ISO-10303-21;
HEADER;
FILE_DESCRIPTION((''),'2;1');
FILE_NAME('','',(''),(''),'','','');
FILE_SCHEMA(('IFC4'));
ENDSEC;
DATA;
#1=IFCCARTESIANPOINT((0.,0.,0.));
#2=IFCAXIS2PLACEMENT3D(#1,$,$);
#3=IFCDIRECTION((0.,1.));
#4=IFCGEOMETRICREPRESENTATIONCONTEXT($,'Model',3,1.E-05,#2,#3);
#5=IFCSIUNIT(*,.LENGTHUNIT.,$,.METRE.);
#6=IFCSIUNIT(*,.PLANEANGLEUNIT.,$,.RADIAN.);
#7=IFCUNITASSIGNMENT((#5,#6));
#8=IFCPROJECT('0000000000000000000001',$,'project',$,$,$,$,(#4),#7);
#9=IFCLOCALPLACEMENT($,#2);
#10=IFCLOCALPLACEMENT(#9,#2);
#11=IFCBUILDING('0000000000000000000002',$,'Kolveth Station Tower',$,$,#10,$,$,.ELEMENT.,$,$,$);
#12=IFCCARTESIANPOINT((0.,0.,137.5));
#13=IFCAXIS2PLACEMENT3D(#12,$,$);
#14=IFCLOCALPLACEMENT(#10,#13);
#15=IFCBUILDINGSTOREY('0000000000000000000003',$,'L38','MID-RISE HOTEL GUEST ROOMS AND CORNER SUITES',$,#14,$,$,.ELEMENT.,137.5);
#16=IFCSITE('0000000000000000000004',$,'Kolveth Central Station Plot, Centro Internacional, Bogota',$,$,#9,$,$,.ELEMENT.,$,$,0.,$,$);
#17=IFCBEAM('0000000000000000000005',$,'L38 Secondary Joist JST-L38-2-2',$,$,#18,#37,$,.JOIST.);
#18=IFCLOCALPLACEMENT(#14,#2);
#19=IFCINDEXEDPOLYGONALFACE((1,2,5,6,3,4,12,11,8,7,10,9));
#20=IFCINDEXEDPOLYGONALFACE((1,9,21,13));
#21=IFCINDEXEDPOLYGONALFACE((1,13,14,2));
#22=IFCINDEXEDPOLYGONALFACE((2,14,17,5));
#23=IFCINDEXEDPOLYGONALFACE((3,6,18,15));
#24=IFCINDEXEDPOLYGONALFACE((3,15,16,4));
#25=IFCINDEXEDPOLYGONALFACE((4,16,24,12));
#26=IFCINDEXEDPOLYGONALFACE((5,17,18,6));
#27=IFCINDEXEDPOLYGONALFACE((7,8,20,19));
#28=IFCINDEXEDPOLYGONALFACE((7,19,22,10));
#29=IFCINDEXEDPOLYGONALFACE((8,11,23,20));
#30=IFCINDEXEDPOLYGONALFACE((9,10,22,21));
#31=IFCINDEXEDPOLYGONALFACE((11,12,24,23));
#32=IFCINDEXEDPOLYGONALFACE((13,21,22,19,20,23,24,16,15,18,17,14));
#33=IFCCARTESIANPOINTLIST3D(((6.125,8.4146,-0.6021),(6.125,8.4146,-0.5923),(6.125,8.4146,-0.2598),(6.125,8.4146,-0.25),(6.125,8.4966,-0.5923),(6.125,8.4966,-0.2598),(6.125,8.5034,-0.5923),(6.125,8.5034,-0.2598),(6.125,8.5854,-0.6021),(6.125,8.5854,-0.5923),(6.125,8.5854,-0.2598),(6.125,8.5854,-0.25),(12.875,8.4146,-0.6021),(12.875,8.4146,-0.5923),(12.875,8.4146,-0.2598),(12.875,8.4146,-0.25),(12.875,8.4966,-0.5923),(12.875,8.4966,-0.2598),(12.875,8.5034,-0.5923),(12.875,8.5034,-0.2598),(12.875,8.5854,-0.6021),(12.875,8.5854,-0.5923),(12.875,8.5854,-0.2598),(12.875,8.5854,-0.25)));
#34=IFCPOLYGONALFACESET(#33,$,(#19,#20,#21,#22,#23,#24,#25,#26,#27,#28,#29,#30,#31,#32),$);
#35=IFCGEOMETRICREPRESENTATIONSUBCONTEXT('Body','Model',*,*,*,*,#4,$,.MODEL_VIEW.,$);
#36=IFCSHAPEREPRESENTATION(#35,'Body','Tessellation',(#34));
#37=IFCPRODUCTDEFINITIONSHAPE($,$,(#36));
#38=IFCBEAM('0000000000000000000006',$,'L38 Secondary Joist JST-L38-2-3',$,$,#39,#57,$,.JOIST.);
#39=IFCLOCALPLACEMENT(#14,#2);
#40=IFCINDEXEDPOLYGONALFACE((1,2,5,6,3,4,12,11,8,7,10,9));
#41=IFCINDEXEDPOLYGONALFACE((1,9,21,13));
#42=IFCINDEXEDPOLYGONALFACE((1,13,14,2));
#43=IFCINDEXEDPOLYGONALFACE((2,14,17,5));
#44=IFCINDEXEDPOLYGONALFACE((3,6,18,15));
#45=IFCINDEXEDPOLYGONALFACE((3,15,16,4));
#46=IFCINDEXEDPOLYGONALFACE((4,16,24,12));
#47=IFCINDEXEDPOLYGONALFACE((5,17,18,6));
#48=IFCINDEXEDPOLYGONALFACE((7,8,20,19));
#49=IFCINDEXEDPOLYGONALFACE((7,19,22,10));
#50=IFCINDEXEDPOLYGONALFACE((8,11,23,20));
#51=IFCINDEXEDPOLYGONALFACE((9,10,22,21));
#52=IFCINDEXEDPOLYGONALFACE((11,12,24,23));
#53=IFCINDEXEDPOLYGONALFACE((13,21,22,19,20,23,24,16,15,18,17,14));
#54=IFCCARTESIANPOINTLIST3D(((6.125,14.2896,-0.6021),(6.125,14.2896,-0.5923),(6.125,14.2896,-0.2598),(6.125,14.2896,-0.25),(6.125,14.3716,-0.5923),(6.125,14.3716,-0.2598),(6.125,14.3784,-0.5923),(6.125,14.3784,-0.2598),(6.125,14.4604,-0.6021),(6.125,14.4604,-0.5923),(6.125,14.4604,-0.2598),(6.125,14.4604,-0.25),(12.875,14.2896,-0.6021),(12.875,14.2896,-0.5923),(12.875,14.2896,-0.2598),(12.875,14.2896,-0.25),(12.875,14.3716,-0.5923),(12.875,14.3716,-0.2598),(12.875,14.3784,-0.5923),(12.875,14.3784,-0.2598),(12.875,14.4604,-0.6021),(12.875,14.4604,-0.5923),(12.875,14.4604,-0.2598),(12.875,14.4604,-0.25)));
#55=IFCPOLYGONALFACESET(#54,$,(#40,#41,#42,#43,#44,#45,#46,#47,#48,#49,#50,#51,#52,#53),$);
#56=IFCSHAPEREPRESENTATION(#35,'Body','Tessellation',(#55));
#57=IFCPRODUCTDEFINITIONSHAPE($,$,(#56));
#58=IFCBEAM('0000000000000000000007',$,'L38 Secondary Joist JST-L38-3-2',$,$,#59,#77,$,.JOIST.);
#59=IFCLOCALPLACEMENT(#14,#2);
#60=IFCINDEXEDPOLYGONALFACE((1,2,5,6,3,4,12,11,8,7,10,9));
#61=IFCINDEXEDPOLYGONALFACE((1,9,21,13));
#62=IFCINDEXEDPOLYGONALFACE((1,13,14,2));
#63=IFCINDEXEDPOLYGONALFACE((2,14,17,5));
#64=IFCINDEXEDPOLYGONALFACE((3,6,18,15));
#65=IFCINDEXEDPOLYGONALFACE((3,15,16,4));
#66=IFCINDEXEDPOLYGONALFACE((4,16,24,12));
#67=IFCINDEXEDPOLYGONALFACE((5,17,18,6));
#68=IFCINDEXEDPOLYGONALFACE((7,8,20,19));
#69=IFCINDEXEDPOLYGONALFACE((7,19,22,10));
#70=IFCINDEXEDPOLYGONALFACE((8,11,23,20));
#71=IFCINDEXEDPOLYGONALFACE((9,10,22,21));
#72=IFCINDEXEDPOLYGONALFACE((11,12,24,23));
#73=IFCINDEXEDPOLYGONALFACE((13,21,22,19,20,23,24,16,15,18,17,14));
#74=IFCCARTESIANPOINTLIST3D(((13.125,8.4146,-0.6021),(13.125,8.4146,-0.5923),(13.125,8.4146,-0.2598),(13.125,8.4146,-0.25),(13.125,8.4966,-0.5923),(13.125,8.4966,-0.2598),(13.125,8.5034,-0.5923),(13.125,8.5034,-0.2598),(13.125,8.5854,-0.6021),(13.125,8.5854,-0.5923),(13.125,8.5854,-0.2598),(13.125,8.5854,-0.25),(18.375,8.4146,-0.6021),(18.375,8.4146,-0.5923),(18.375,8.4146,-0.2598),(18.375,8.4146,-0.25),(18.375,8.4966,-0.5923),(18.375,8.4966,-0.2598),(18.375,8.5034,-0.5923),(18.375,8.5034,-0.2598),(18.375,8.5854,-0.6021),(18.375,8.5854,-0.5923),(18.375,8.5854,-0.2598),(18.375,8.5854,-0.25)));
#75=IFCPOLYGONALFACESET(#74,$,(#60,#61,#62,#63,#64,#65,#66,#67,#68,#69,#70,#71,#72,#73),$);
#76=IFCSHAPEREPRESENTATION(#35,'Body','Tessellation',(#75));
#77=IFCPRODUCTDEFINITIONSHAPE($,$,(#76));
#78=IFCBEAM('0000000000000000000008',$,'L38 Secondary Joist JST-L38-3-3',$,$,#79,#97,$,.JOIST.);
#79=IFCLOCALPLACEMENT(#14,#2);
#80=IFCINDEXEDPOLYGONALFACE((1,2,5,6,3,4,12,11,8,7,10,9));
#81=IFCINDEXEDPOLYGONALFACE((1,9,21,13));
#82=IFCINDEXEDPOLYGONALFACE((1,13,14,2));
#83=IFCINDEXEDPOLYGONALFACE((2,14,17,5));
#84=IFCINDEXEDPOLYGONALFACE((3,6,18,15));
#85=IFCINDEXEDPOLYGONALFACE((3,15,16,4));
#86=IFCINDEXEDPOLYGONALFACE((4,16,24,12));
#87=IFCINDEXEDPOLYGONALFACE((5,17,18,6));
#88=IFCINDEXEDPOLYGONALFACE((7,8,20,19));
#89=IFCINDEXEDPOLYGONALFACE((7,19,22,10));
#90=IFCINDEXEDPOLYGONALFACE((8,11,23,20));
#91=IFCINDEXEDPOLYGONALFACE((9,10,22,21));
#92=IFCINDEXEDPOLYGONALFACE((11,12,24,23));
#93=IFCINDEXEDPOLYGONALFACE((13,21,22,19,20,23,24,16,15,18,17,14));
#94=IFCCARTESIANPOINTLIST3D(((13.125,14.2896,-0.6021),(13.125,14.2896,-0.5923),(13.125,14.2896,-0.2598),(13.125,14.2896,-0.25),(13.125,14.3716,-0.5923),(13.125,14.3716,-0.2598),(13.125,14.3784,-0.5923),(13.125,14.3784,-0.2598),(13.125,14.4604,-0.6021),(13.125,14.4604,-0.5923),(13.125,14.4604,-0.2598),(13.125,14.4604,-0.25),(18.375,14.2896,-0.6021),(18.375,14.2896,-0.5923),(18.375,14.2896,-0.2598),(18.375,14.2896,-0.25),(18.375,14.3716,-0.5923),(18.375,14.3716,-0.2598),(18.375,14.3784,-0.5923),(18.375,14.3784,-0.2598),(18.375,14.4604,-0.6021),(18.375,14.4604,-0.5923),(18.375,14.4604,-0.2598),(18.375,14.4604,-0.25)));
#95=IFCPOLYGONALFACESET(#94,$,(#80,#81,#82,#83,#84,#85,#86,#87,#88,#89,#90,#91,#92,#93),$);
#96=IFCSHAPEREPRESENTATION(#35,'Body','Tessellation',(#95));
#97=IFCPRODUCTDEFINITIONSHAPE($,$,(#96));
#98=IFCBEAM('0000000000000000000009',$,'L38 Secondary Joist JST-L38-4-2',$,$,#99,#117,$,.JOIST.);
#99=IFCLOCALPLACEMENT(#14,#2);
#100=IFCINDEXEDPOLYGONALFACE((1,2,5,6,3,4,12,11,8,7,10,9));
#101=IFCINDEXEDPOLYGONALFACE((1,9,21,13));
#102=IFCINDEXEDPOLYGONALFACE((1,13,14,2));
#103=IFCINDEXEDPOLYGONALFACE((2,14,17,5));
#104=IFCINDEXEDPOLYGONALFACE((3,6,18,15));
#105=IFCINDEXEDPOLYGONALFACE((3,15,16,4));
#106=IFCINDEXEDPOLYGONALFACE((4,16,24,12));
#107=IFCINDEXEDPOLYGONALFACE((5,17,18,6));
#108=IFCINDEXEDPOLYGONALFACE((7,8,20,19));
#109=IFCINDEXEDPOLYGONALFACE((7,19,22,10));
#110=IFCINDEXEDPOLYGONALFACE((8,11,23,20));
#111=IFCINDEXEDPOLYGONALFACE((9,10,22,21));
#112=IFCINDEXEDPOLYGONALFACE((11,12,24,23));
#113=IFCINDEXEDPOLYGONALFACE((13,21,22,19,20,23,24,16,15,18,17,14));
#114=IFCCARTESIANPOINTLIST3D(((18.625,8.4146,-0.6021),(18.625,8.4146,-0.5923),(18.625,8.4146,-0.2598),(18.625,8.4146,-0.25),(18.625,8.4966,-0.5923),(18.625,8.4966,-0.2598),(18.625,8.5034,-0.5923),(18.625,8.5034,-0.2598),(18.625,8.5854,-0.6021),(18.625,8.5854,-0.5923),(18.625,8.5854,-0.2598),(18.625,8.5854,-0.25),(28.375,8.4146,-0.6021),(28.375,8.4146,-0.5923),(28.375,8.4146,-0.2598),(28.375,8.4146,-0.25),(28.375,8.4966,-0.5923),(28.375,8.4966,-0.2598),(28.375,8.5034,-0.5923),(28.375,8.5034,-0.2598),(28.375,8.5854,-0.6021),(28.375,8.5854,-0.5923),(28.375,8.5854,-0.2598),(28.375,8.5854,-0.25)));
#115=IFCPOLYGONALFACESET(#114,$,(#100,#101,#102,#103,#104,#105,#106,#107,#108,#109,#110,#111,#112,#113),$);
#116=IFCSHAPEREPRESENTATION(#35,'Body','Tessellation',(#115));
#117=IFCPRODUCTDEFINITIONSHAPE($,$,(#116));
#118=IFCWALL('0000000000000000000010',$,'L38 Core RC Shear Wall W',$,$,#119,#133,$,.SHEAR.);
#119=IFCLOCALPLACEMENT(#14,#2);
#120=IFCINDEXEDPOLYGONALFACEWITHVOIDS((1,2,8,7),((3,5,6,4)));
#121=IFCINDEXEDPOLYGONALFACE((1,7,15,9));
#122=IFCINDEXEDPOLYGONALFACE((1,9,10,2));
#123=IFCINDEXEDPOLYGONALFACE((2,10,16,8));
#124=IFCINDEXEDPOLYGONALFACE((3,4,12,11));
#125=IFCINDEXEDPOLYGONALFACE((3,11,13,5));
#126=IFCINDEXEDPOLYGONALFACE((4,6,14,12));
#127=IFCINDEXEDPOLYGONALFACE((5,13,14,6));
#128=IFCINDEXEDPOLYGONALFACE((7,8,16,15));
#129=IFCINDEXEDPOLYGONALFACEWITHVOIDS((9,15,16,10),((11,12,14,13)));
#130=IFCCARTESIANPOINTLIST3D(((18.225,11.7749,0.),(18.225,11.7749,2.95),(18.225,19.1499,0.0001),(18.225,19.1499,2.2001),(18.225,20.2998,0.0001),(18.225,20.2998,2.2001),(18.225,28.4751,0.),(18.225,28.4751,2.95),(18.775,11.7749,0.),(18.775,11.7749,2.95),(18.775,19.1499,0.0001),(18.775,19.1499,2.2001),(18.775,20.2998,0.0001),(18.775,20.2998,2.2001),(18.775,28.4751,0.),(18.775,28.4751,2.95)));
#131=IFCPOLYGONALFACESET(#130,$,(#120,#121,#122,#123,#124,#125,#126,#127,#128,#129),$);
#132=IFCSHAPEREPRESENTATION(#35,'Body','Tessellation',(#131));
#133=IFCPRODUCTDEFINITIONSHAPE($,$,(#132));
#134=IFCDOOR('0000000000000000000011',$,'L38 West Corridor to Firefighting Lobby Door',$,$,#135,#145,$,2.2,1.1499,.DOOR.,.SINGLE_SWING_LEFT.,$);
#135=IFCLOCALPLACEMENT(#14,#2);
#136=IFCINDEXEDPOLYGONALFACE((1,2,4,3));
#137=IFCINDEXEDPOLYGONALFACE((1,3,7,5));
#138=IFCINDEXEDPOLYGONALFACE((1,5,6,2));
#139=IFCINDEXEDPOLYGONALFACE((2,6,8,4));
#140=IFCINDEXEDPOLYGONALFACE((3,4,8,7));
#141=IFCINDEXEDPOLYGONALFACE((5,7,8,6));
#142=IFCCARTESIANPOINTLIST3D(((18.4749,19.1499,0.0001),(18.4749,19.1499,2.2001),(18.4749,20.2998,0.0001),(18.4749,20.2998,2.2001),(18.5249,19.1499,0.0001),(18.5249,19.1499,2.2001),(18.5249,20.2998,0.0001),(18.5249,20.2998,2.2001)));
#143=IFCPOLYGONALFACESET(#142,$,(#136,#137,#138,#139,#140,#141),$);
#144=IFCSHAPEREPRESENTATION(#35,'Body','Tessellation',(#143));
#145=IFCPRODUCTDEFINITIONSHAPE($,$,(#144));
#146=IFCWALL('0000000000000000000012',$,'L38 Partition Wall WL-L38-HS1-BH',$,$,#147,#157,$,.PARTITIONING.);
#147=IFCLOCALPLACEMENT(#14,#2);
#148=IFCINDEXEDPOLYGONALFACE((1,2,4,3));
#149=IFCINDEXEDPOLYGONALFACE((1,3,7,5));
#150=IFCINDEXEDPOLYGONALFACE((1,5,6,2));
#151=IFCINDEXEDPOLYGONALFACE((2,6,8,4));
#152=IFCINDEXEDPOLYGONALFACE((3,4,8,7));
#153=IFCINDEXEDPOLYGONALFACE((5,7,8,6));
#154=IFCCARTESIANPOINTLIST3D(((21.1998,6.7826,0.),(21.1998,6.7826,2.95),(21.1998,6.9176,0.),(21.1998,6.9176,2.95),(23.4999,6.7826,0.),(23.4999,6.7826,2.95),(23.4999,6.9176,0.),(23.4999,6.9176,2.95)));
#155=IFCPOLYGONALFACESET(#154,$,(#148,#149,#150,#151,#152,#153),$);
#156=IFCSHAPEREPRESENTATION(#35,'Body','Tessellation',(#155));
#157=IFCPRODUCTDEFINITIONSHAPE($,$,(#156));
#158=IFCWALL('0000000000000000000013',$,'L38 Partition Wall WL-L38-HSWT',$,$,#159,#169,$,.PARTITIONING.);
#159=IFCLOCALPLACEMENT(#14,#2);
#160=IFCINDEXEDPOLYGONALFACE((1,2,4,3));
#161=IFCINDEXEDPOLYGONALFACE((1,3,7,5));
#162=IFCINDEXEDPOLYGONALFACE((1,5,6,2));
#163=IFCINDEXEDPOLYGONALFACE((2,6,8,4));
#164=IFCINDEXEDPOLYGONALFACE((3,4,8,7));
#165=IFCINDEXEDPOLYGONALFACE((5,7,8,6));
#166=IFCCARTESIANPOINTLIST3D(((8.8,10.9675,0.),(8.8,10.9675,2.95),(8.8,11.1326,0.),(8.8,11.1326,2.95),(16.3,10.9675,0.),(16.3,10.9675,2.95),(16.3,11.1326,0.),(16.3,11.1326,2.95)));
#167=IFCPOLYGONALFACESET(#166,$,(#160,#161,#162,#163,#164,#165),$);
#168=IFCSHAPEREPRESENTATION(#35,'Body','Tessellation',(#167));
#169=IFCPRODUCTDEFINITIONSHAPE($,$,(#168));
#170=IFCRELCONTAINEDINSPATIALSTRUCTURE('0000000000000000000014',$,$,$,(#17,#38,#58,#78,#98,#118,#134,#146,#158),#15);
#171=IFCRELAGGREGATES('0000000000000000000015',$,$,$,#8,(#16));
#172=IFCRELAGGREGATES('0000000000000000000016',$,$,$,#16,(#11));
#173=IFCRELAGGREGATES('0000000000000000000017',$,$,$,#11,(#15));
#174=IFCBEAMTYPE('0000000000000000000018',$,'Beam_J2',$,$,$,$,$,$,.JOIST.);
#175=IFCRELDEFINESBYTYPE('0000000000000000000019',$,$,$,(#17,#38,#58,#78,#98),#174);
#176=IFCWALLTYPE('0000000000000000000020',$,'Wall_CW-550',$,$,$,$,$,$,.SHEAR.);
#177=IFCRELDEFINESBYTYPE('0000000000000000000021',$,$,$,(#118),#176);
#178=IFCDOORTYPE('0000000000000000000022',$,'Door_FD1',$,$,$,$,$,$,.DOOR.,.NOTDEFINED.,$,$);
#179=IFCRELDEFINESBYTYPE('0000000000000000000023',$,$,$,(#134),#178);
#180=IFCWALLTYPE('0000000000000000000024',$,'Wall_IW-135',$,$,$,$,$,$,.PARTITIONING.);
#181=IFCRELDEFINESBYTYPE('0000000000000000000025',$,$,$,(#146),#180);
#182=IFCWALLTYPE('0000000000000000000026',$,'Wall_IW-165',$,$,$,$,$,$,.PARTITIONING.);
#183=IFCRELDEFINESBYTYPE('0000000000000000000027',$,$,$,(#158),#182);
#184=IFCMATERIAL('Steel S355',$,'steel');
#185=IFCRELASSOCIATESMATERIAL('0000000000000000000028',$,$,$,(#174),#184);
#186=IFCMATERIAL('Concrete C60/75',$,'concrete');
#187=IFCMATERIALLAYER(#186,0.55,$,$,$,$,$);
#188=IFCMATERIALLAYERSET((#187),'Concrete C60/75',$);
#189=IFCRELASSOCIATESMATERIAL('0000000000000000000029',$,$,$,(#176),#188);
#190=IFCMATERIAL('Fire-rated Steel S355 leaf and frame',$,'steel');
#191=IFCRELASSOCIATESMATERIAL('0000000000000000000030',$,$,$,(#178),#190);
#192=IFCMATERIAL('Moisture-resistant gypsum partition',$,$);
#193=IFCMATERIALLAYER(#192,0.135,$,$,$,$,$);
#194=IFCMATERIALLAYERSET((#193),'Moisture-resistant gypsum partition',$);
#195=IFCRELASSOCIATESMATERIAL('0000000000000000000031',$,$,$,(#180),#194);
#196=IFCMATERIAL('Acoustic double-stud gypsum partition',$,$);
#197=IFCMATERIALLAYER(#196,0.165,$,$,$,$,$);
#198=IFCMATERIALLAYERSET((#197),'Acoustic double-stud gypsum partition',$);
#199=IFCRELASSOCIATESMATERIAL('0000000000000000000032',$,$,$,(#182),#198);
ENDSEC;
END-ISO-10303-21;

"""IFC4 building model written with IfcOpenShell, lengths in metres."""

from ifc_helpers import new_model, si_unit, direction, frame, frame_2d, origin, origin_2d, place, context, subcontext, project, spatial, rectangle, i_section, extrude, source, transform, mapped, material, layer, layer_set, material_profile, profile_set, type_object, element, fill, save


model = new_model("IFC4")

# Units and contexts
model_context = context("Model", 3, precision=1e-05, world=origin(), true_north=direction((0.0, 1.0)))
body_context = subcontext(model_context, "Body", "Model", "MODEL_VIEW")
ifc_project = project(units=[si_unit("LENGTHUNIT", "METRE"), si_unit("PLANEANGLEUNIT", "RADIAN")], contexts=[model_context])

# Site, building, storey
site_placement = place(None, origin())
site = spatial("IfcSite", under=ifc_project, at=site_placement, Name="Kolveth Central Station Plot, Centro Internacional, Bogota", CompositionType="ELEMENT", RefElevation=0.0)
building_placement = place(site_placement, origin())
building = spatial("IfcBuilding", under=site, at=building_placement, Name="Kolveth Station Tower", CompositionType="ELEMENT")
storey_placement = place(building_placement, frame((0.0, 0.0, 137.5)))
storey = spatial("IfcBuildingStorey", under=building, at=storey_placement, Name="L38", Description="MID-RISE HOTEL GUEST ROOMS AND CORNER SUITES", CompositionType="ELEMENT", Elevation=137.5)

# Shared definitions
ifc_material_1 = material(Name="Steel S355", Category="steel")

# Beams
ifc_material_profile_1 = material_profile(ifc_material_1, i_section(OverallWidth=0.1709, OverallDepth=0.3521, WebThickness=0.0068, FlangeThickness=0.0098, at=origin_2d()), Name="W360x44")
ifc_profile_set_1 = profile_set([ifc_material_profile_1], Name="Steel S355")
beam_type_1 = type_object("IfcBeamType", Name="Beam_J2", PredefinedType="JOIST", material=ifc_profile_set_1)
shared_shape_1 = source(origin(), body_context, "Body", "SweptSolid", [
    extrude(i_section(OverallWidth=0.1709, OverallDepth=0.3521, WebThickness=0.0068, FlangeThickness=0.0098, at=origin_2d()), origin(), (0.0, 0.0, 1.0), 6.75),
])
for number, where, z_axis, x_axis, name in (
    (1, (6.125, 8.5, -0.426), (1.0, 0.0, 0.0), (0.0, 1.0, 0.0), "L38 Secondary Joist JST-L38-2-2"),
    (2, (6.125, 14.375, -0.426), (1.0, 0.0, 0.0), (0.0, 1.0, 0.0), "L38 Secondary Joist JST-L38-2-3"),
):
    element("IfcBeam", number, at=place(storey_placement, frame(where, z_axis=z_axis, x_axis=x_axis)), inside=storey, type_object=beam_type_1, Name=name, PredefinedType="JOIST", context=body_context, shape_type="MappedRepresentation", body=[
        mapped(shared_shape_1, transform((0.0, 0.0, 0.0), x_axis=(1.0, 0.0, 0.0), y_axis=(0.0, 1.0, 0.0), z_axis=(0.0, 0.0, 1.0), scale=1.0)),
    ])
shared_shape_2 = source(origin(), body_context, "Body", "SweptSolid", [
    extrude(i_section(OverallWidth=0.1709, OverallDepth=0.3521, WebThickness=0.0068, FlangeThickness=0.0098, at=origin_2d()), origin(), (0.0, 0.0, 1.0), 5.25),
])
for number, where, z_axis, x_axis, name in (
    (3, (13.125, 8.5, -0.426), (1.0, 0.0, 0.0), (0.0, 1.0, 0.0), "L38 Secondary Joist JST-L38-3-2"),
    (4, (13.125, 14.375, -0.426), (1.0, 0.0, 0.0), (0.0, 1.0, 0.0), "L38 Secondary Joist JST-L38-3-3"),
):
    element("IfcBeam", number, at=place(storey_placement, frame(where, z_axis=z_axis, x_axis=x_axis)), inside=storey, type_object=beam_type_1, Name=name, PredefinedType="JOIST", context=body_context, shape_type="MappedRepresentation", body=[
        mapped(shared_shape_2, transform((0.0, 0.0, 0.0), x_axis=(1.0, 0.0, 0.0), y_axis=(0.0, 1.0, 0.0), z_axis=(0.0, 0.0, 1.0), scale=1.0)),
    ])
shared_shape_3 = source(origin(), body_context, "Body", "SweptSolid", [
    extrude(i_section(OverallWidth=0.1709, OverallDepth=0.3521, WebThickness=0.0068, FlangeThickness=0.0098, at=origin_2d()), origin(), (0.0, 0.0, 1.0), 9.75),
])
beam_1_placement = place(storey_placement, frame((18.625, 8.5, -0.426), z_axis=(1.0, 0.0, 0.0), x_axis=(0.0, 1.0, 0.0)))
element("IfcBeam", 5, at=beam_1_placement, inside=storey, type_object=beam_type_1, Name="L38 Secondary Joist JST-L38-4-2", PredefinedType="JOIST", context=body_context, shape_type="MappedRepresentation", body=[
    mapped(shared_shape_3, transform((0.0, 0.0, 0.0), x_axis=(1.0, 0.0, 0.0), y_axis=(0.0, 1.0, 0.0), z_axis=(0.0, 0.0, 1.0), scale=1.0)),
])

# Shared definitions
ifc_material_2 = material(Name="Concrete C60/75", Category="concrete")
ifc_layer_1 = layer(ifc_material_2, 0.55)
ifc_layer_set_1 = layer_set([ifc_layer_1], Name="Concrete C60/75")
wall_type_1 = type_object("IfcWallType", Name="Wall_CW-550", PredefinedType="SHEAR", material=ifc_layer_set_1)

# Wall, opening, door
wall_1_placement = place(storey_placement, frame((18.5, 11.7749, 0.0), z_axis=(0.0, 0.0, 1.0), x_axis=(0.0, 1.0, 0.0)))
wall_1 = element("IfcWall", 6, at=wall_1_placement, inside=storey, type_object=wall_type_1, Name="L38 Core RC Shear Wall W", PredefinedType="SHEAR", context=body_context, shape_type="SweptSolid", body=[
    extrude(rectangle(XDim=16.7002, YDim=0.55, at=frame_2d((8.3501, 0.0))), origin(), (0.0, 0.0, 1.0), 2.95),
])
opening_1_placement = place(wall_1_placement, frame((7.375, 0.0, 0.0)))
opening_1 = element("IfcOpeningElement", 7, at=opening_1_placement, cuts=wall_1, PredefinedType="OPENING", context=body_context, shape_type="SweptSolid", body=[
    extrude(rectangle(XDim=1.1499, YDim=2.2, at=frame_2d((0.575, 1.1001))), frame((0.0, 0.2849, 0.0), z_axis=(0.0, -1.0, 0.0), x_axis=(1.0, 0.0, 0.0)), (0.0, 0.0, 1.0), 0.5701),
])
ifc_material_3 = material(Name="Fire-rated Steel S355 leaf and frame", Category="steel")
door_type_1 = type_object("IfcDoorType", Name="Door_FD1", OperationType="NOTDEFINED", PredefinedType="DOOR", material=ifc_material_3)
door_1_placement = place(opening_1_placement, frame((1.1499, 0.0, 0.0), z_axis=(0.0, 0.0, 1.0), x_axis=(-1.0, 0.0, 0.0)))
door_1 = element("IfcDoor", 8, at=door_1_placement, inside=storey, type_object=door_type_1, Name="L38 West Corridor to Firefighting Lobby Door", OperationType="SINGLE_SWING_LEFT", OverallHeight=2.2, OverallWidth=1.1499, PredefinedType="DOOR", context=body_context, shape_type="SweptSolid", body=[
    extrude(rectangle(XDim=1.1499, YDim=2.2, at=frame_2d((0.575, 1.1001))), frame((0.0, 0.0249, 0.0), z_axis=(0.0, -1.0, 0.0), x_axis=(1.0, 0.0, 0.0)), (0.0, 0.0, 1.0), 0.05),
])
fill(opening_1, door_1)

# Walls
ifc_material_4 = material(Name="Moisture-resistant gypsum partition")
ifc_layer_2 = layer(ifc_material_4, 0.135)
ifc_layer_set_2 = layer_set([ifc_layer_2], Name="Moisture-resistant gypsum partition")
wall_type_2 = type_object("IfcWallType", Name="Wall_IW-135", PredefinedType="PARTITIONING", material=ifc_layer_set_2)
wall_2_placement = place(storey_placement, frame((21.2, 6.8501, 0.0), z_axis=(0.0, 0.0, 1.0), x_axis=(1.0, 0.0, 0.0)))
element("IfcWall", 9, at=wall_2_placement, inside=storey, type_object=wall_type_2, Name="L38 Partition Wall WL-L38-HS1-BH", PredefinedType="PARTITIONING", context=body_context, shape_type="SweptSolid", body=[
    extrude(rectangle(XDim=2.3, YDim=0.135, at=frame_2d((1.1499, 0.0))), origin(), (0.0, 0.0, 1.0), 2.95),
])
ifc_material_5 = material(Name="Acoustic double-stud gypsum partition")
ifc_layer_3 = layer(ifc_material_5, 0.165)
ifc_layer_set_3 = layer_set([ifc_layer_3], Name="Acoustic double-stud gypsum partition")
wall_type_3 = type_object("IfcWallType", Name="Wall_IW-165", PredefinedType="PARTITIONING", material=ifc_layer_set_3)
wall_3_placement = place(storey_placement, frame((8.8, 11.05, 0.0), z_axis=(0.0, 0.0, 1.0), x_axis=(1.0, 0.0, 0.0)))
element("IfcWall", 10, at=wall_3_placement, inside=storey, type_object=wall_type_3, Name="L38 Partition Wall WL-L38-HSWT", PredefinedType="PARTITIONING", context=body_context, shape_type="SweptSolid", body=[
    extrude(rectangle(XDim=7.5, YDim=0.165, at=frame_2d((3.75, 0.0))), origin(), (0.0, 0.0, 1.0), 2.95),
])

save(model, "model.ifc")
